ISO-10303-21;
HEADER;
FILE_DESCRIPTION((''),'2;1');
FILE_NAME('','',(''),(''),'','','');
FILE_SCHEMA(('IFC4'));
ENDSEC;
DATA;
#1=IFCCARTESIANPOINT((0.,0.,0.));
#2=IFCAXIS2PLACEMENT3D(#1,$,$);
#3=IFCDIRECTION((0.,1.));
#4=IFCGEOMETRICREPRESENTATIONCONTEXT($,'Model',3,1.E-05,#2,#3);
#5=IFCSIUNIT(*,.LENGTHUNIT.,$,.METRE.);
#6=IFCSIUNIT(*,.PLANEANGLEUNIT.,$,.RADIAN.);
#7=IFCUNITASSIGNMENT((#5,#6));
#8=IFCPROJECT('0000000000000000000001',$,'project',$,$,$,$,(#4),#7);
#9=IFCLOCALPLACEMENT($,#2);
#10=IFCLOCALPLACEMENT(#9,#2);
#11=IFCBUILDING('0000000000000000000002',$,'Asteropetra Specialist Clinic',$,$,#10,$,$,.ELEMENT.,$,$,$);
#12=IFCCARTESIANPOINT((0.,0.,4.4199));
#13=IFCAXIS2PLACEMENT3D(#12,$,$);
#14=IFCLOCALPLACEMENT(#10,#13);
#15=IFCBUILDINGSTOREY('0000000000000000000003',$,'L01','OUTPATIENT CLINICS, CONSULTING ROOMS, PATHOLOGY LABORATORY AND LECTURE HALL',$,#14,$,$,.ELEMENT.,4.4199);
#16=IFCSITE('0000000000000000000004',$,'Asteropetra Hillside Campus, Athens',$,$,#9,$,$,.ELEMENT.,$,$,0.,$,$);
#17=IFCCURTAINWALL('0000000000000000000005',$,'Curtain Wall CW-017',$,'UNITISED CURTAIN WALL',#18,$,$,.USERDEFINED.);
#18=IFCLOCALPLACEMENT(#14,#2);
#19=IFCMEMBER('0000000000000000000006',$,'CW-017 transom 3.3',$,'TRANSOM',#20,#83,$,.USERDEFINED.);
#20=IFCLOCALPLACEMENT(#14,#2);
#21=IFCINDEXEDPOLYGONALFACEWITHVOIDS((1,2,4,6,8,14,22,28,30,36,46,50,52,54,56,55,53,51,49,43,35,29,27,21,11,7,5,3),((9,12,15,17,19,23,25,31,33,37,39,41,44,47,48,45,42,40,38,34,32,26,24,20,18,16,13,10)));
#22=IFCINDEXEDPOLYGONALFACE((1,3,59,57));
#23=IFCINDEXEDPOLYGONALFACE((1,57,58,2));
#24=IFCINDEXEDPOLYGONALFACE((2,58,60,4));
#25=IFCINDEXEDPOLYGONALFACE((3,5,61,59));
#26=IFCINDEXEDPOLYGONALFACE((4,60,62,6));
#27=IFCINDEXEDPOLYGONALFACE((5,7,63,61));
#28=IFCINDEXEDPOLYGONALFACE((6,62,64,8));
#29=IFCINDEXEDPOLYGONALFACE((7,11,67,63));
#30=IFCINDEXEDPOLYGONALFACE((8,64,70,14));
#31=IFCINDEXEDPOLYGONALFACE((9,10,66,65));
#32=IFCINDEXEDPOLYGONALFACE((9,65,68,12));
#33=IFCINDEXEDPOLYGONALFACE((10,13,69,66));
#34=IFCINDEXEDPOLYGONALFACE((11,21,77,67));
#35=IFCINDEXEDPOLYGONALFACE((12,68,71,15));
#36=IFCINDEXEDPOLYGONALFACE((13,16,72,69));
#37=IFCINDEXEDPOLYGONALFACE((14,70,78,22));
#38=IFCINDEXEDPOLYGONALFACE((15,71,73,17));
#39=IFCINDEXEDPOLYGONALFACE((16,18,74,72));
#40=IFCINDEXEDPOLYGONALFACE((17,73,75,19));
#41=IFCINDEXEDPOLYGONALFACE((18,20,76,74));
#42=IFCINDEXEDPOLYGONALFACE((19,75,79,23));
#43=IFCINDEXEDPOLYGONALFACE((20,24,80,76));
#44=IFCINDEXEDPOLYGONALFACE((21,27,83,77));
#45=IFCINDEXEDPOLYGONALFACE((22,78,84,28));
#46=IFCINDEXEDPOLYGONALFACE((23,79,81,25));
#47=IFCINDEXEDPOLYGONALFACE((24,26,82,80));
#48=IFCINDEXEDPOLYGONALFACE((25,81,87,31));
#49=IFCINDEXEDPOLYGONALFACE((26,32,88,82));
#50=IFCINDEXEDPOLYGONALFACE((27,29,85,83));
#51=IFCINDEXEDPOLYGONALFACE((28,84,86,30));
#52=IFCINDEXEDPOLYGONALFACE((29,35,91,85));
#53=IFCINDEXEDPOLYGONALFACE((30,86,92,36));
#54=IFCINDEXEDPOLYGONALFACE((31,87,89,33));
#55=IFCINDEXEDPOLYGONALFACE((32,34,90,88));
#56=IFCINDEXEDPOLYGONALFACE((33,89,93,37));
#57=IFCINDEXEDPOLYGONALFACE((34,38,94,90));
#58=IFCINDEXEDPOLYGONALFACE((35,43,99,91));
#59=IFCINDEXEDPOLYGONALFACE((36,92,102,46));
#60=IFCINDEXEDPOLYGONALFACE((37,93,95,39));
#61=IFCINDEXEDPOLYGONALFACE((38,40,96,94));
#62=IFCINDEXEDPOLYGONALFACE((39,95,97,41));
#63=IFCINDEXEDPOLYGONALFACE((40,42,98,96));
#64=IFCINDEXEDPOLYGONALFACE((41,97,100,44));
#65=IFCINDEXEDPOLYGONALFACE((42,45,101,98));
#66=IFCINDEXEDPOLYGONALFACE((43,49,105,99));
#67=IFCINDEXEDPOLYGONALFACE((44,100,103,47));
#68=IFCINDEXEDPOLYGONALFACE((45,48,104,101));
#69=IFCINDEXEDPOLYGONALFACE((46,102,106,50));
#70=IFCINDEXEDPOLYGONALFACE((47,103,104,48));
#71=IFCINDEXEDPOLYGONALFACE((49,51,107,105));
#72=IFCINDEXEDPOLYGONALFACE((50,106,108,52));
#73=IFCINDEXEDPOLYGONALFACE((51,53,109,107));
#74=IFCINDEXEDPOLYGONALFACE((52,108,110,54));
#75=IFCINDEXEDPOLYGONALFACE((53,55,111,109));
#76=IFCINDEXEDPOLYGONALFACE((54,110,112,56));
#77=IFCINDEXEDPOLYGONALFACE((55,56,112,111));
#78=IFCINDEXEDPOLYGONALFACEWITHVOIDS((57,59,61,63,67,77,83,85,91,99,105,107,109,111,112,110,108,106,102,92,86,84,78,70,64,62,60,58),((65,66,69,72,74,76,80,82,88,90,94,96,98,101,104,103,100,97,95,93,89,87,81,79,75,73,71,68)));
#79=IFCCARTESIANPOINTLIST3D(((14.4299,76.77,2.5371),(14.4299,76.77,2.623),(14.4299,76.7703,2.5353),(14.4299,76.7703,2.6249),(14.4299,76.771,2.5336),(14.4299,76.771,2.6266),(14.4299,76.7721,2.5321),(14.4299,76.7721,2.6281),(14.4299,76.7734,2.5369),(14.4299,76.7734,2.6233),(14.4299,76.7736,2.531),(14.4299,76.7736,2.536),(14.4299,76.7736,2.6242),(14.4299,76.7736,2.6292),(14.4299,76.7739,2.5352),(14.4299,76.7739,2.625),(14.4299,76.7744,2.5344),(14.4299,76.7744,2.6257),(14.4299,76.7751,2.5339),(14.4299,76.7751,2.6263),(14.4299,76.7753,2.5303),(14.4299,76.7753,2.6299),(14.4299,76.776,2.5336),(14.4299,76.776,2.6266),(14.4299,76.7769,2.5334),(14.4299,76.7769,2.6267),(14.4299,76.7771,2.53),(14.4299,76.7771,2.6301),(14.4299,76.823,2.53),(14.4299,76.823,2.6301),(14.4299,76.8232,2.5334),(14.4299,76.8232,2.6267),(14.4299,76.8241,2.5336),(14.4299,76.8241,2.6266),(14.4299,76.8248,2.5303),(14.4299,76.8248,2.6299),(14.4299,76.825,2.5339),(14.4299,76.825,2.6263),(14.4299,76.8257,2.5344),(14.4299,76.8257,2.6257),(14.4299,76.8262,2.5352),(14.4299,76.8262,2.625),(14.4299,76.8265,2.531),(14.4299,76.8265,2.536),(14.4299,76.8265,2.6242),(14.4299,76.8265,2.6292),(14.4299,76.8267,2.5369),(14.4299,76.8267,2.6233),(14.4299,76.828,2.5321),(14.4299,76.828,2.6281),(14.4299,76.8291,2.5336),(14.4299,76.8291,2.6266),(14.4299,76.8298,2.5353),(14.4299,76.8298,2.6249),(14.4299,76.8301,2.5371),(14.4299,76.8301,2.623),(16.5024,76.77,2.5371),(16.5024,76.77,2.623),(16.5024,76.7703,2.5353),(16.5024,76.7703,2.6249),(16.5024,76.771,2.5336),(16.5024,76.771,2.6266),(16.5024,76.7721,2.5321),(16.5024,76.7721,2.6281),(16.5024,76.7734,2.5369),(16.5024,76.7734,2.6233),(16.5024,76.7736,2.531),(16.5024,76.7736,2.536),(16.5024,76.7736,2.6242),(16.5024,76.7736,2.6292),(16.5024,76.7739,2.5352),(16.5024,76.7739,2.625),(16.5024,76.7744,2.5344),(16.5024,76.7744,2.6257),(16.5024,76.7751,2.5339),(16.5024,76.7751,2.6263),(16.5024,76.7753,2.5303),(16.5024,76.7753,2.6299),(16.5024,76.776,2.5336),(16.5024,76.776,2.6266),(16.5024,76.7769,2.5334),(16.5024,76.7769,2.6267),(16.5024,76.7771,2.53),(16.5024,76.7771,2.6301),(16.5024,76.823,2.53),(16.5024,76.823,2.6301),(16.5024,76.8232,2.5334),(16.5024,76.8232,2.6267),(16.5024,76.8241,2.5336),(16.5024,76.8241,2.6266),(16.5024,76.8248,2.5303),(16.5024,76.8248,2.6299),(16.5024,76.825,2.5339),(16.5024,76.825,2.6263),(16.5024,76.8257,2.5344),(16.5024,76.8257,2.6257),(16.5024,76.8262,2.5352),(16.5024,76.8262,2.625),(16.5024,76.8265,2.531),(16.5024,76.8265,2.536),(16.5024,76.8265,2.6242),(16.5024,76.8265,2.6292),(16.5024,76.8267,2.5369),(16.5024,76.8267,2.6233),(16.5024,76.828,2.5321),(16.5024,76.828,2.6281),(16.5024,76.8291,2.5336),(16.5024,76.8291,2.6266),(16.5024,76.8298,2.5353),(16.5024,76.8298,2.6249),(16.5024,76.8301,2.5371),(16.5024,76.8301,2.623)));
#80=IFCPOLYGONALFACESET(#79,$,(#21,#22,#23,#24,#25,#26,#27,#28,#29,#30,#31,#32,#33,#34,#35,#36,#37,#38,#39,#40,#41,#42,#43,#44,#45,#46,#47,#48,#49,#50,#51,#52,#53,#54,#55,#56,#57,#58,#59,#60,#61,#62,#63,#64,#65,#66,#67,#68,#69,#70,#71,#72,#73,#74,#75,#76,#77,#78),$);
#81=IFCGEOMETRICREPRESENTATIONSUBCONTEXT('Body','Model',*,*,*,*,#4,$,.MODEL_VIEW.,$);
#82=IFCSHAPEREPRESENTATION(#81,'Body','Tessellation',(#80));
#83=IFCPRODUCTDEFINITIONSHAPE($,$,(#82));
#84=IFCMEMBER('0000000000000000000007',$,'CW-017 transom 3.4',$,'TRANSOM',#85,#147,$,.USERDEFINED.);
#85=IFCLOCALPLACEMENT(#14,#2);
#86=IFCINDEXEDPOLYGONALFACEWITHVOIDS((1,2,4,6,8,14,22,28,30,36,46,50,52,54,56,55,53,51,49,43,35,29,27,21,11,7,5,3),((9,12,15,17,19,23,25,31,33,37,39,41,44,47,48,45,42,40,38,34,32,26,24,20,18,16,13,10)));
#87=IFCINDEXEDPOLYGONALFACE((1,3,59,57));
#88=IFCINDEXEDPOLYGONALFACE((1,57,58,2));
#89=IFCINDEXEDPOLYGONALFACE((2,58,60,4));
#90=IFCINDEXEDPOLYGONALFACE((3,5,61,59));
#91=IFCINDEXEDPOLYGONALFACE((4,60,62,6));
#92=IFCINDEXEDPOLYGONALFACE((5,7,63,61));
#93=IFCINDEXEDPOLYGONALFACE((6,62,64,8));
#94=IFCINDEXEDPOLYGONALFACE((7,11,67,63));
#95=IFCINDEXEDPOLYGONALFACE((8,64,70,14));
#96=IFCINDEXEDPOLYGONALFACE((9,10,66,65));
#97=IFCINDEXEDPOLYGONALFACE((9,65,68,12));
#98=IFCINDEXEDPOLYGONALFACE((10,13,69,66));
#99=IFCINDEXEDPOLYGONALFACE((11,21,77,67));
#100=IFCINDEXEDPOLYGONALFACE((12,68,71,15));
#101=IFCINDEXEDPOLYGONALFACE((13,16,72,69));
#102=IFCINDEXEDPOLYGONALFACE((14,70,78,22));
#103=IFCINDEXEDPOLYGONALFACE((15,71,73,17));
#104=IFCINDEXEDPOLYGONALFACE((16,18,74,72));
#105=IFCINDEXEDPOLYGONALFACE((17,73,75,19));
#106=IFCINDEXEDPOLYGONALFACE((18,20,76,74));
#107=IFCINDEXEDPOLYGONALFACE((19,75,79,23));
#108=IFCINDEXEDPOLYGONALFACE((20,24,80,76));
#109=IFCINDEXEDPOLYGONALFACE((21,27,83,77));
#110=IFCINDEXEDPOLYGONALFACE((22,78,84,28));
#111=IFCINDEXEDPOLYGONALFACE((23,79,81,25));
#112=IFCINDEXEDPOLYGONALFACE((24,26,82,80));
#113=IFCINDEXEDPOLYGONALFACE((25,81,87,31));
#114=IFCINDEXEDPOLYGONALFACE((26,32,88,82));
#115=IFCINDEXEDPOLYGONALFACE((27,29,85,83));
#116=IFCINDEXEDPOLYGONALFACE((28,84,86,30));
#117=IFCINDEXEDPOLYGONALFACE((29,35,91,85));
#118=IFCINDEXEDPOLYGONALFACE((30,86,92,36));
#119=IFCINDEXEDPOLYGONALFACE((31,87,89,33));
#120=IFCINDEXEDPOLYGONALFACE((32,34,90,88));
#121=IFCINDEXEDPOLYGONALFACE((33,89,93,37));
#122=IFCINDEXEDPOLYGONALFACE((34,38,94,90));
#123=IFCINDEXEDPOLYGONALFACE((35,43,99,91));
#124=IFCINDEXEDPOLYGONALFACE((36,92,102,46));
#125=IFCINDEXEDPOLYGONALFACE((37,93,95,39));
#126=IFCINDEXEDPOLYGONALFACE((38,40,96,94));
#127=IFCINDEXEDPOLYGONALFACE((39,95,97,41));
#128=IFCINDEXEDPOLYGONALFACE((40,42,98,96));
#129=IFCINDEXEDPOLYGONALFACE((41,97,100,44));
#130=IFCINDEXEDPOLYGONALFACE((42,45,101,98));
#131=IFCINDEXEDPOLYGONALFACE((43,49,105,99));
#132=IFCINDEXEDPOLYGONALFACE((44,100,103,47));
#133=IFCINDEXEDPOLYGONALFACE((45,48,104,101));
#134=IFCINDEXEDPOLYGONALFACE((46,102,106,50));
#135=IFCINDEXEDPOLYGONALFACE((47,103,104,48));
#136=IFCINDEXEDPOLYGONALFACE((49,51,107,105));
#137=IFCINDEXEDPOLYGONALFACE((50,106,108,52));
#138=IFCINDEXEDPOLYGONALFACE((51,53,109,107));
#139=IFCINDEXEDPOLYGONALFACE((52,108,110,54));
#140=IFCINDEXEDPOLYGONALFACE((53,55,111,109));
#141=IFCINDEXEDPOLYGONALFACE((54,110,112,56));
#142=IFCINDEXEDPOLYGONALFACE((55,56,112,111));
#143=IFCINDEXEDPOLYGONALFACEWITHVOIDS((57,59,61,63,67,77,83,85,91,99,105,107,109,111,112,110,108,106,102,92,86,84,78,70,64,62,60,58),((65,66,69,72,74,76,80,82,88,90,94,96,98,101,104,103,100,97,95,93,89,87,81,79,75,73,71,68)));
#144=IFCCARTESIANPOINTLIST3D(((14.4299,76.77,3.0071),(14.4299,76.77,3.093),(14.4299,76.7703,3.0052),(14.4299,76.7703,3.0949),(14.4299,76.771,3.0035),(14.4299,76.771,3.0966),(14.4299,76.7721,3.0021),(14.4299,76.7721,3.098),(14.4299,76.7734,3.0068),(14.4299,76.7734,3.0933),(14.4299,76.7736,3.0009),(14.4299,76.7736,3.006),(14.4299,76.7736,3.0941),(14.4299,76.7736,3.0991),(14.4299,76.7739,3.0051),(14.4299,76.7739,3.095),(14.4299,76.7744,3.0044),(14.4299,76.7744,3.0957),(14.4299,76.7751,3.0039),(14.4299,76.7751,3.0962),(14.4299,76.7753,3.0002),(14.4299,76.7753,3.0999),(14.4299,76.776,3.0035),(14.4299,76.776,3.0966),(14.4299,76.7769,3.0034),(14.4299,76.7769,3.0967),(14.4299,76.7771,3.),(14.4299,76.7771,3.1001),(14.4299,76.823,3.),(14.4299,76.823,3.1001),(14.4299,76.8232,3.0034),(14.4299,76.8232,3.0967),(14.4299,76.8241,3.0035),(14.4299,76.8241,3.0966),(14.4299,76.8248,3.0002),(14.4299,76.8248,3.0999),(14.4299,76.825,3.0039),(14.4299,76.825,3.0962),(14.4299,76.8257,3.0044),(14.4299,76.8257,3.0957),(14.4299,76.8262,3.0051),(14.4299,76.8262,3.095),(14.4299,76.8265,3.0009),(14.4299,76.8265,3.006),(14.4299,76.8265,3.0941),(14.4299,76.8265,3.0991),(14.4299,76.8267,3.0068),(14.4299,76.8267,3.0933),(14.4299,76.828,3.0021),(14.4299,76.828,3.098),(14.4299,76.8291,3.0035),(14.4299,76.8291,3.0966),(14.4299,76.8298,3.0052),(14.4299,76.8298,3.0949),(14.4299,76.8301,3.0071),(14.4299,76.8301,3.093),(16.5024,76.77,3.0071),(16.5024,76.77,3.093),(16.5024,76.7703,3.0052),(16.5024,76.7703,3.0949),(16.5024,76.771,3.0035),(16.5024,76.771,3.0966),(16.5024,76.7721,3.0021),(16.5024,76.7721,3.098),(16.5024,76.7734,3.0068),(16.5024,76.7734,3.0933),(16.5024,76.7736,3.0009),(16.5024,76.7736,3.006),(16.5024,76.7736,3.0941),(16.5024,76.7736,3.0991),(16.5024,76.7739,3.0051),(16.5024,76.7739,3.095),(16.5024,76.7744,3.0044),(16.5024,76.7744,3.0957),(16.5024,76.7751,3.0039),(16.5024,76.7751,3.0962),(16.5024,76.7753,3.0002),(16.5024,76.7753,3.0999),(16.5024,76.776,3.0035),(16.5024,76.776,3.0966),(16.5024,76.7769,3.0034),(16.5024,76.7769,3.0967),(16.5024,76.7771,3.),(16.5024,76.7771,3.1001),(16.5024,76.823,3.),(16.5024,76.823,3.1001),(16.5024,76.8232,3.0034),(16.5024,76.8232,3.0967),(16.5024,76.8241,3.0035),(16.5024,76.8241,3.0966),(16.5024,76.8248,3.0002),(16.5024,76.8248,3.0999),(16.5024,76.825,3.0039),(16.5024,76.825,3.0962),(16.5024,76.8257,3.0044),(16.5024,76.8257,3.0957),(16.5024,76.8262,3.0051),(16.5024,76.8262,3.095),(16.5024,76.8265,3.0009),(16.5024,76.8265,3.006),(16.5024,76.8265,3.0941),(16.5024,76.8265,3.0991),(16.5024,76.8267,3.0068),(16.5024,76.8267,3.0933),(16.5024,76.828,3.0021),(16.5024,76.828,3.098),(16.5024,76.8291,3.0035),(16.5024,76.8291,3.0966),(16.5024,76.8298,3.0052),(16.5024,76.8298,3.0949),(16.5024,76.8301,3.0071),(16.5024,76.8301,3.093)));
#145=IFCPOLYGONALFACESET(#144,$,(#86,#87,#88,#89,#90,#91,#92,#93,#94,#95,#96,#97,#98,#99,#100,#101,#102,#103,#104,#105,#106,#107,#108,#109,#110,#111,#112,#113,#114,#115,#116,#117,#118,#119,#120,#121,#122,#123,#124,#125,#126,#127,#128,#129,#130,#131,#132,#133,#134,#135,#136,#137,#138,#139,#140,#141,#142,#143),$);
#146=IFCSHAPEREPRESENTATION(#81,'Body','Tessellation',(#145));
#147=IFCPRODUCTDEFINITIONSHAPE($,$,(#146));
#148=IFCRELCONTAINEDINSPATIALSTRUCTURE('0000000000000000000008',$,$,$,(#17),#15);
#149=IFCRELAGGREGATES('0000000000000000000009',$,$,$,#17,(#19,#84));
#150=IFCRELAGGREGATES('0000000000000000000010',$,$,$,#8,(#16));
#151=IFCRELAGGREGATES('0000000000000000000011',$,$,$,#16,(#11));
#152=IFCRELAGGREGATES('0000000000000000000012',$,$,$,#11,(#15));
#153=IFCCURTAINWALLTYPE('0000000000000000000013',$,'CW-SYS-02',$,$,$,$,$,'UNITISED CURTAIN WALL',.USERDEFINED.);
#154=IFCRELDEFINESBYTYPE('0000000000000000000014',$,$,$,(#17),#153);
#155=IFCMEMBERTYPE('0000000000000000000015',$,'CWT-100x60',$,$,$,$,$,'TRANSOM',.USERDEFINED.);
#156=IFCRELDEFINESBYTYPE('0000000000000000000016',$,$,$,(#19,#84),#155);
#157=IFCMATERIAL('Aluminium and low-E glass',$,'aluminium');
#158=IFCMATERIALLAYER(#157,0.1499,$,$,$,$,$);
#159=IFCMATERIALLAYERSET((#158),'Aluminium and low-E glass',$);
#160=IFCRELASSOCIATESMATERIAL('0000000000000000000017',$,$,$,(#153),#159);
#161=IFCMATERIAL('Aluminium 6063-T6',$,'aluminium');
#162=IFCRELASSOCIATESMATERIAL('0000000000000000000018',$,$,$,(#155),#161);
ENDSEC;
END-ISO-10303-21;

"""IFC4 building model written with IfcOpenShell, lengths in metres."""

from ifc_helpers import new_model, si_unit, direction, frame, origin, origin_2d, place, context, subcontext, project, spatial, hollow_rectangle, extrude, material, layer, layer_set, material_profile, profile_set, type_object, element, aggregate, save


model = new_model("IFC4")

# Units and contexts
model_context = context("Model", 3, precision=1e-05, world=origin(), true_north=direction((0.0, 1.0)))
body_context = subcontext(model_context, "Body", "Model", "MODEL_VIEW")
ifc_project = project(units=[si_unit("LENGTHUNIT", "METRE"), si_unit("PLANEANGLEUNIT", "RADIAN")], contexts=[model_context])

# Site, building, storey
site_placement = place(None, origin())
site = spatial("IfcSite", under=ifc_project, at=site_placement, Name="Asteropetra Hillside Campus, Athens", CompositionType="ELEMENT", RefElevation=0.0)
building_placement = place(site_placement, origin())
building = spatial("IfcBuilding", under=site, at=building_placement, Name="Asteropetra Specialist Clinic", CompositionType="ELEMENT")
storey_placement = place(building_placement, frame((0.0, 0.0, 4.4199)))
storey = spatial("IfcBuildingStorey", under=building, at=storey_placement, Name="L01", Description="OUTPATIENT CLINICS, CONSULTING ROOMS, PATHOLOGY LABORATORY AND LECTURE HALL", CompositionType="ELEMENT", Elevation=4.4199)

# Curtain wall
ifc_material_1 = material(Name="Aluminium and low-E glass", Category="aluminium")
ifc_layer_1 = layer(ifc_material_1, 0.1499)
ifc_layer_set_1 = layer_set([ifc_layer_1], Name="Aluminium and low-E glass")
curtain_wall_type_1 = type_object("IfcCurtainWallType", Name="CW-SYS-02", ElementType="UNITISED CURTAIN WALL", PredefinedType="USERDEFINED", material=ifc_layer_set_1)
curtain_wall_1_placement = place(storey_placement, origin())
curtain_wall_1 = element("IfcCurtainWall", 1, at=curtain_wall_1_placement, inside=storey, type_object=curtain_wall_type_1, Name="Curtain Wall CW-017", ObjectType="UNITISED CURTAIN WALL", PredefinedType="USERDEFINED")

# Members
ifc_material_2 = material(Name="Aluminium 6063-T6", Category="aluminium")
ifc_material_profile_1 = material_profile(ifc_material_2, hollow_rectangle(XDim=0.0601, YDim=0.1001, WallThickness=0.0034, InnerFilletRadius=0.0034, OuterFilletRadius=0.0071, at=origin_2d()), Name="TRN 100x60x3.5")
ifc_profile_set_1 = profile_set([ifc_material_profile_1], Name="Aluminium 6063-T6")
member_type_1 = type_object("IfcMemberType", Name="CWT-100x60", ElementType="TRANSOM", PredefinedType="USERDEFINED", material=ifc_profile_set_1)
member_1_placement = place(storey_placement, frame((14.4299, 76.8, 2.5801), z_axis=(1.0, 0.0, 0.0), x_axis=(0.0, 1.0, 0.0)))
member_1 = element("IfcMember", 2, at=member_1_placement, type_object=member_type_1, Name="CW-017 transom 3.3", ObjectType="TRANSOM", PredefinedType="USERDEFINED", context=body_context, shape_type="SweptSolid", body=[
    extrude(hollow_rectangle(XDim=0.0601, YDim=0.1001, WallThickness=0.0034, InnerFilletRadius=0.0034, OuterFilletRadius=0.0071, at=origin_2d()), origin(), (0.0, 0.0, 1.0), 2.0725),
])
member_2_placement = place(storey_placement, frame((14.4299, 76.8, 3.05), z_axis=(1.0, 0.0, 0.0), x_axis=(0.0, 1.0, 0.0)))
member_2 = element("IfcMember", 3, at=member_2_placement, type_object=member_type_1, Name="CW-017 transom 3.4", ObjectType="TRANSOM", PredefinedType="USERDEFINED", context=body_context, shape_type="SweptSolid", body=[
    extrude(hollow_rectangle(XDim=0.0601, YDim=0.1001, WallThickness=0.0034, InnerFilletRadius=0.0034, OuterFilletRadius=0.0071, at=origin_2d()), origin(), (0.0, 0.0, 1.0), 2.0725),
])

aggregate(curtain_wall_1, [member_1, member_2])

save(model, "model.ifc")
